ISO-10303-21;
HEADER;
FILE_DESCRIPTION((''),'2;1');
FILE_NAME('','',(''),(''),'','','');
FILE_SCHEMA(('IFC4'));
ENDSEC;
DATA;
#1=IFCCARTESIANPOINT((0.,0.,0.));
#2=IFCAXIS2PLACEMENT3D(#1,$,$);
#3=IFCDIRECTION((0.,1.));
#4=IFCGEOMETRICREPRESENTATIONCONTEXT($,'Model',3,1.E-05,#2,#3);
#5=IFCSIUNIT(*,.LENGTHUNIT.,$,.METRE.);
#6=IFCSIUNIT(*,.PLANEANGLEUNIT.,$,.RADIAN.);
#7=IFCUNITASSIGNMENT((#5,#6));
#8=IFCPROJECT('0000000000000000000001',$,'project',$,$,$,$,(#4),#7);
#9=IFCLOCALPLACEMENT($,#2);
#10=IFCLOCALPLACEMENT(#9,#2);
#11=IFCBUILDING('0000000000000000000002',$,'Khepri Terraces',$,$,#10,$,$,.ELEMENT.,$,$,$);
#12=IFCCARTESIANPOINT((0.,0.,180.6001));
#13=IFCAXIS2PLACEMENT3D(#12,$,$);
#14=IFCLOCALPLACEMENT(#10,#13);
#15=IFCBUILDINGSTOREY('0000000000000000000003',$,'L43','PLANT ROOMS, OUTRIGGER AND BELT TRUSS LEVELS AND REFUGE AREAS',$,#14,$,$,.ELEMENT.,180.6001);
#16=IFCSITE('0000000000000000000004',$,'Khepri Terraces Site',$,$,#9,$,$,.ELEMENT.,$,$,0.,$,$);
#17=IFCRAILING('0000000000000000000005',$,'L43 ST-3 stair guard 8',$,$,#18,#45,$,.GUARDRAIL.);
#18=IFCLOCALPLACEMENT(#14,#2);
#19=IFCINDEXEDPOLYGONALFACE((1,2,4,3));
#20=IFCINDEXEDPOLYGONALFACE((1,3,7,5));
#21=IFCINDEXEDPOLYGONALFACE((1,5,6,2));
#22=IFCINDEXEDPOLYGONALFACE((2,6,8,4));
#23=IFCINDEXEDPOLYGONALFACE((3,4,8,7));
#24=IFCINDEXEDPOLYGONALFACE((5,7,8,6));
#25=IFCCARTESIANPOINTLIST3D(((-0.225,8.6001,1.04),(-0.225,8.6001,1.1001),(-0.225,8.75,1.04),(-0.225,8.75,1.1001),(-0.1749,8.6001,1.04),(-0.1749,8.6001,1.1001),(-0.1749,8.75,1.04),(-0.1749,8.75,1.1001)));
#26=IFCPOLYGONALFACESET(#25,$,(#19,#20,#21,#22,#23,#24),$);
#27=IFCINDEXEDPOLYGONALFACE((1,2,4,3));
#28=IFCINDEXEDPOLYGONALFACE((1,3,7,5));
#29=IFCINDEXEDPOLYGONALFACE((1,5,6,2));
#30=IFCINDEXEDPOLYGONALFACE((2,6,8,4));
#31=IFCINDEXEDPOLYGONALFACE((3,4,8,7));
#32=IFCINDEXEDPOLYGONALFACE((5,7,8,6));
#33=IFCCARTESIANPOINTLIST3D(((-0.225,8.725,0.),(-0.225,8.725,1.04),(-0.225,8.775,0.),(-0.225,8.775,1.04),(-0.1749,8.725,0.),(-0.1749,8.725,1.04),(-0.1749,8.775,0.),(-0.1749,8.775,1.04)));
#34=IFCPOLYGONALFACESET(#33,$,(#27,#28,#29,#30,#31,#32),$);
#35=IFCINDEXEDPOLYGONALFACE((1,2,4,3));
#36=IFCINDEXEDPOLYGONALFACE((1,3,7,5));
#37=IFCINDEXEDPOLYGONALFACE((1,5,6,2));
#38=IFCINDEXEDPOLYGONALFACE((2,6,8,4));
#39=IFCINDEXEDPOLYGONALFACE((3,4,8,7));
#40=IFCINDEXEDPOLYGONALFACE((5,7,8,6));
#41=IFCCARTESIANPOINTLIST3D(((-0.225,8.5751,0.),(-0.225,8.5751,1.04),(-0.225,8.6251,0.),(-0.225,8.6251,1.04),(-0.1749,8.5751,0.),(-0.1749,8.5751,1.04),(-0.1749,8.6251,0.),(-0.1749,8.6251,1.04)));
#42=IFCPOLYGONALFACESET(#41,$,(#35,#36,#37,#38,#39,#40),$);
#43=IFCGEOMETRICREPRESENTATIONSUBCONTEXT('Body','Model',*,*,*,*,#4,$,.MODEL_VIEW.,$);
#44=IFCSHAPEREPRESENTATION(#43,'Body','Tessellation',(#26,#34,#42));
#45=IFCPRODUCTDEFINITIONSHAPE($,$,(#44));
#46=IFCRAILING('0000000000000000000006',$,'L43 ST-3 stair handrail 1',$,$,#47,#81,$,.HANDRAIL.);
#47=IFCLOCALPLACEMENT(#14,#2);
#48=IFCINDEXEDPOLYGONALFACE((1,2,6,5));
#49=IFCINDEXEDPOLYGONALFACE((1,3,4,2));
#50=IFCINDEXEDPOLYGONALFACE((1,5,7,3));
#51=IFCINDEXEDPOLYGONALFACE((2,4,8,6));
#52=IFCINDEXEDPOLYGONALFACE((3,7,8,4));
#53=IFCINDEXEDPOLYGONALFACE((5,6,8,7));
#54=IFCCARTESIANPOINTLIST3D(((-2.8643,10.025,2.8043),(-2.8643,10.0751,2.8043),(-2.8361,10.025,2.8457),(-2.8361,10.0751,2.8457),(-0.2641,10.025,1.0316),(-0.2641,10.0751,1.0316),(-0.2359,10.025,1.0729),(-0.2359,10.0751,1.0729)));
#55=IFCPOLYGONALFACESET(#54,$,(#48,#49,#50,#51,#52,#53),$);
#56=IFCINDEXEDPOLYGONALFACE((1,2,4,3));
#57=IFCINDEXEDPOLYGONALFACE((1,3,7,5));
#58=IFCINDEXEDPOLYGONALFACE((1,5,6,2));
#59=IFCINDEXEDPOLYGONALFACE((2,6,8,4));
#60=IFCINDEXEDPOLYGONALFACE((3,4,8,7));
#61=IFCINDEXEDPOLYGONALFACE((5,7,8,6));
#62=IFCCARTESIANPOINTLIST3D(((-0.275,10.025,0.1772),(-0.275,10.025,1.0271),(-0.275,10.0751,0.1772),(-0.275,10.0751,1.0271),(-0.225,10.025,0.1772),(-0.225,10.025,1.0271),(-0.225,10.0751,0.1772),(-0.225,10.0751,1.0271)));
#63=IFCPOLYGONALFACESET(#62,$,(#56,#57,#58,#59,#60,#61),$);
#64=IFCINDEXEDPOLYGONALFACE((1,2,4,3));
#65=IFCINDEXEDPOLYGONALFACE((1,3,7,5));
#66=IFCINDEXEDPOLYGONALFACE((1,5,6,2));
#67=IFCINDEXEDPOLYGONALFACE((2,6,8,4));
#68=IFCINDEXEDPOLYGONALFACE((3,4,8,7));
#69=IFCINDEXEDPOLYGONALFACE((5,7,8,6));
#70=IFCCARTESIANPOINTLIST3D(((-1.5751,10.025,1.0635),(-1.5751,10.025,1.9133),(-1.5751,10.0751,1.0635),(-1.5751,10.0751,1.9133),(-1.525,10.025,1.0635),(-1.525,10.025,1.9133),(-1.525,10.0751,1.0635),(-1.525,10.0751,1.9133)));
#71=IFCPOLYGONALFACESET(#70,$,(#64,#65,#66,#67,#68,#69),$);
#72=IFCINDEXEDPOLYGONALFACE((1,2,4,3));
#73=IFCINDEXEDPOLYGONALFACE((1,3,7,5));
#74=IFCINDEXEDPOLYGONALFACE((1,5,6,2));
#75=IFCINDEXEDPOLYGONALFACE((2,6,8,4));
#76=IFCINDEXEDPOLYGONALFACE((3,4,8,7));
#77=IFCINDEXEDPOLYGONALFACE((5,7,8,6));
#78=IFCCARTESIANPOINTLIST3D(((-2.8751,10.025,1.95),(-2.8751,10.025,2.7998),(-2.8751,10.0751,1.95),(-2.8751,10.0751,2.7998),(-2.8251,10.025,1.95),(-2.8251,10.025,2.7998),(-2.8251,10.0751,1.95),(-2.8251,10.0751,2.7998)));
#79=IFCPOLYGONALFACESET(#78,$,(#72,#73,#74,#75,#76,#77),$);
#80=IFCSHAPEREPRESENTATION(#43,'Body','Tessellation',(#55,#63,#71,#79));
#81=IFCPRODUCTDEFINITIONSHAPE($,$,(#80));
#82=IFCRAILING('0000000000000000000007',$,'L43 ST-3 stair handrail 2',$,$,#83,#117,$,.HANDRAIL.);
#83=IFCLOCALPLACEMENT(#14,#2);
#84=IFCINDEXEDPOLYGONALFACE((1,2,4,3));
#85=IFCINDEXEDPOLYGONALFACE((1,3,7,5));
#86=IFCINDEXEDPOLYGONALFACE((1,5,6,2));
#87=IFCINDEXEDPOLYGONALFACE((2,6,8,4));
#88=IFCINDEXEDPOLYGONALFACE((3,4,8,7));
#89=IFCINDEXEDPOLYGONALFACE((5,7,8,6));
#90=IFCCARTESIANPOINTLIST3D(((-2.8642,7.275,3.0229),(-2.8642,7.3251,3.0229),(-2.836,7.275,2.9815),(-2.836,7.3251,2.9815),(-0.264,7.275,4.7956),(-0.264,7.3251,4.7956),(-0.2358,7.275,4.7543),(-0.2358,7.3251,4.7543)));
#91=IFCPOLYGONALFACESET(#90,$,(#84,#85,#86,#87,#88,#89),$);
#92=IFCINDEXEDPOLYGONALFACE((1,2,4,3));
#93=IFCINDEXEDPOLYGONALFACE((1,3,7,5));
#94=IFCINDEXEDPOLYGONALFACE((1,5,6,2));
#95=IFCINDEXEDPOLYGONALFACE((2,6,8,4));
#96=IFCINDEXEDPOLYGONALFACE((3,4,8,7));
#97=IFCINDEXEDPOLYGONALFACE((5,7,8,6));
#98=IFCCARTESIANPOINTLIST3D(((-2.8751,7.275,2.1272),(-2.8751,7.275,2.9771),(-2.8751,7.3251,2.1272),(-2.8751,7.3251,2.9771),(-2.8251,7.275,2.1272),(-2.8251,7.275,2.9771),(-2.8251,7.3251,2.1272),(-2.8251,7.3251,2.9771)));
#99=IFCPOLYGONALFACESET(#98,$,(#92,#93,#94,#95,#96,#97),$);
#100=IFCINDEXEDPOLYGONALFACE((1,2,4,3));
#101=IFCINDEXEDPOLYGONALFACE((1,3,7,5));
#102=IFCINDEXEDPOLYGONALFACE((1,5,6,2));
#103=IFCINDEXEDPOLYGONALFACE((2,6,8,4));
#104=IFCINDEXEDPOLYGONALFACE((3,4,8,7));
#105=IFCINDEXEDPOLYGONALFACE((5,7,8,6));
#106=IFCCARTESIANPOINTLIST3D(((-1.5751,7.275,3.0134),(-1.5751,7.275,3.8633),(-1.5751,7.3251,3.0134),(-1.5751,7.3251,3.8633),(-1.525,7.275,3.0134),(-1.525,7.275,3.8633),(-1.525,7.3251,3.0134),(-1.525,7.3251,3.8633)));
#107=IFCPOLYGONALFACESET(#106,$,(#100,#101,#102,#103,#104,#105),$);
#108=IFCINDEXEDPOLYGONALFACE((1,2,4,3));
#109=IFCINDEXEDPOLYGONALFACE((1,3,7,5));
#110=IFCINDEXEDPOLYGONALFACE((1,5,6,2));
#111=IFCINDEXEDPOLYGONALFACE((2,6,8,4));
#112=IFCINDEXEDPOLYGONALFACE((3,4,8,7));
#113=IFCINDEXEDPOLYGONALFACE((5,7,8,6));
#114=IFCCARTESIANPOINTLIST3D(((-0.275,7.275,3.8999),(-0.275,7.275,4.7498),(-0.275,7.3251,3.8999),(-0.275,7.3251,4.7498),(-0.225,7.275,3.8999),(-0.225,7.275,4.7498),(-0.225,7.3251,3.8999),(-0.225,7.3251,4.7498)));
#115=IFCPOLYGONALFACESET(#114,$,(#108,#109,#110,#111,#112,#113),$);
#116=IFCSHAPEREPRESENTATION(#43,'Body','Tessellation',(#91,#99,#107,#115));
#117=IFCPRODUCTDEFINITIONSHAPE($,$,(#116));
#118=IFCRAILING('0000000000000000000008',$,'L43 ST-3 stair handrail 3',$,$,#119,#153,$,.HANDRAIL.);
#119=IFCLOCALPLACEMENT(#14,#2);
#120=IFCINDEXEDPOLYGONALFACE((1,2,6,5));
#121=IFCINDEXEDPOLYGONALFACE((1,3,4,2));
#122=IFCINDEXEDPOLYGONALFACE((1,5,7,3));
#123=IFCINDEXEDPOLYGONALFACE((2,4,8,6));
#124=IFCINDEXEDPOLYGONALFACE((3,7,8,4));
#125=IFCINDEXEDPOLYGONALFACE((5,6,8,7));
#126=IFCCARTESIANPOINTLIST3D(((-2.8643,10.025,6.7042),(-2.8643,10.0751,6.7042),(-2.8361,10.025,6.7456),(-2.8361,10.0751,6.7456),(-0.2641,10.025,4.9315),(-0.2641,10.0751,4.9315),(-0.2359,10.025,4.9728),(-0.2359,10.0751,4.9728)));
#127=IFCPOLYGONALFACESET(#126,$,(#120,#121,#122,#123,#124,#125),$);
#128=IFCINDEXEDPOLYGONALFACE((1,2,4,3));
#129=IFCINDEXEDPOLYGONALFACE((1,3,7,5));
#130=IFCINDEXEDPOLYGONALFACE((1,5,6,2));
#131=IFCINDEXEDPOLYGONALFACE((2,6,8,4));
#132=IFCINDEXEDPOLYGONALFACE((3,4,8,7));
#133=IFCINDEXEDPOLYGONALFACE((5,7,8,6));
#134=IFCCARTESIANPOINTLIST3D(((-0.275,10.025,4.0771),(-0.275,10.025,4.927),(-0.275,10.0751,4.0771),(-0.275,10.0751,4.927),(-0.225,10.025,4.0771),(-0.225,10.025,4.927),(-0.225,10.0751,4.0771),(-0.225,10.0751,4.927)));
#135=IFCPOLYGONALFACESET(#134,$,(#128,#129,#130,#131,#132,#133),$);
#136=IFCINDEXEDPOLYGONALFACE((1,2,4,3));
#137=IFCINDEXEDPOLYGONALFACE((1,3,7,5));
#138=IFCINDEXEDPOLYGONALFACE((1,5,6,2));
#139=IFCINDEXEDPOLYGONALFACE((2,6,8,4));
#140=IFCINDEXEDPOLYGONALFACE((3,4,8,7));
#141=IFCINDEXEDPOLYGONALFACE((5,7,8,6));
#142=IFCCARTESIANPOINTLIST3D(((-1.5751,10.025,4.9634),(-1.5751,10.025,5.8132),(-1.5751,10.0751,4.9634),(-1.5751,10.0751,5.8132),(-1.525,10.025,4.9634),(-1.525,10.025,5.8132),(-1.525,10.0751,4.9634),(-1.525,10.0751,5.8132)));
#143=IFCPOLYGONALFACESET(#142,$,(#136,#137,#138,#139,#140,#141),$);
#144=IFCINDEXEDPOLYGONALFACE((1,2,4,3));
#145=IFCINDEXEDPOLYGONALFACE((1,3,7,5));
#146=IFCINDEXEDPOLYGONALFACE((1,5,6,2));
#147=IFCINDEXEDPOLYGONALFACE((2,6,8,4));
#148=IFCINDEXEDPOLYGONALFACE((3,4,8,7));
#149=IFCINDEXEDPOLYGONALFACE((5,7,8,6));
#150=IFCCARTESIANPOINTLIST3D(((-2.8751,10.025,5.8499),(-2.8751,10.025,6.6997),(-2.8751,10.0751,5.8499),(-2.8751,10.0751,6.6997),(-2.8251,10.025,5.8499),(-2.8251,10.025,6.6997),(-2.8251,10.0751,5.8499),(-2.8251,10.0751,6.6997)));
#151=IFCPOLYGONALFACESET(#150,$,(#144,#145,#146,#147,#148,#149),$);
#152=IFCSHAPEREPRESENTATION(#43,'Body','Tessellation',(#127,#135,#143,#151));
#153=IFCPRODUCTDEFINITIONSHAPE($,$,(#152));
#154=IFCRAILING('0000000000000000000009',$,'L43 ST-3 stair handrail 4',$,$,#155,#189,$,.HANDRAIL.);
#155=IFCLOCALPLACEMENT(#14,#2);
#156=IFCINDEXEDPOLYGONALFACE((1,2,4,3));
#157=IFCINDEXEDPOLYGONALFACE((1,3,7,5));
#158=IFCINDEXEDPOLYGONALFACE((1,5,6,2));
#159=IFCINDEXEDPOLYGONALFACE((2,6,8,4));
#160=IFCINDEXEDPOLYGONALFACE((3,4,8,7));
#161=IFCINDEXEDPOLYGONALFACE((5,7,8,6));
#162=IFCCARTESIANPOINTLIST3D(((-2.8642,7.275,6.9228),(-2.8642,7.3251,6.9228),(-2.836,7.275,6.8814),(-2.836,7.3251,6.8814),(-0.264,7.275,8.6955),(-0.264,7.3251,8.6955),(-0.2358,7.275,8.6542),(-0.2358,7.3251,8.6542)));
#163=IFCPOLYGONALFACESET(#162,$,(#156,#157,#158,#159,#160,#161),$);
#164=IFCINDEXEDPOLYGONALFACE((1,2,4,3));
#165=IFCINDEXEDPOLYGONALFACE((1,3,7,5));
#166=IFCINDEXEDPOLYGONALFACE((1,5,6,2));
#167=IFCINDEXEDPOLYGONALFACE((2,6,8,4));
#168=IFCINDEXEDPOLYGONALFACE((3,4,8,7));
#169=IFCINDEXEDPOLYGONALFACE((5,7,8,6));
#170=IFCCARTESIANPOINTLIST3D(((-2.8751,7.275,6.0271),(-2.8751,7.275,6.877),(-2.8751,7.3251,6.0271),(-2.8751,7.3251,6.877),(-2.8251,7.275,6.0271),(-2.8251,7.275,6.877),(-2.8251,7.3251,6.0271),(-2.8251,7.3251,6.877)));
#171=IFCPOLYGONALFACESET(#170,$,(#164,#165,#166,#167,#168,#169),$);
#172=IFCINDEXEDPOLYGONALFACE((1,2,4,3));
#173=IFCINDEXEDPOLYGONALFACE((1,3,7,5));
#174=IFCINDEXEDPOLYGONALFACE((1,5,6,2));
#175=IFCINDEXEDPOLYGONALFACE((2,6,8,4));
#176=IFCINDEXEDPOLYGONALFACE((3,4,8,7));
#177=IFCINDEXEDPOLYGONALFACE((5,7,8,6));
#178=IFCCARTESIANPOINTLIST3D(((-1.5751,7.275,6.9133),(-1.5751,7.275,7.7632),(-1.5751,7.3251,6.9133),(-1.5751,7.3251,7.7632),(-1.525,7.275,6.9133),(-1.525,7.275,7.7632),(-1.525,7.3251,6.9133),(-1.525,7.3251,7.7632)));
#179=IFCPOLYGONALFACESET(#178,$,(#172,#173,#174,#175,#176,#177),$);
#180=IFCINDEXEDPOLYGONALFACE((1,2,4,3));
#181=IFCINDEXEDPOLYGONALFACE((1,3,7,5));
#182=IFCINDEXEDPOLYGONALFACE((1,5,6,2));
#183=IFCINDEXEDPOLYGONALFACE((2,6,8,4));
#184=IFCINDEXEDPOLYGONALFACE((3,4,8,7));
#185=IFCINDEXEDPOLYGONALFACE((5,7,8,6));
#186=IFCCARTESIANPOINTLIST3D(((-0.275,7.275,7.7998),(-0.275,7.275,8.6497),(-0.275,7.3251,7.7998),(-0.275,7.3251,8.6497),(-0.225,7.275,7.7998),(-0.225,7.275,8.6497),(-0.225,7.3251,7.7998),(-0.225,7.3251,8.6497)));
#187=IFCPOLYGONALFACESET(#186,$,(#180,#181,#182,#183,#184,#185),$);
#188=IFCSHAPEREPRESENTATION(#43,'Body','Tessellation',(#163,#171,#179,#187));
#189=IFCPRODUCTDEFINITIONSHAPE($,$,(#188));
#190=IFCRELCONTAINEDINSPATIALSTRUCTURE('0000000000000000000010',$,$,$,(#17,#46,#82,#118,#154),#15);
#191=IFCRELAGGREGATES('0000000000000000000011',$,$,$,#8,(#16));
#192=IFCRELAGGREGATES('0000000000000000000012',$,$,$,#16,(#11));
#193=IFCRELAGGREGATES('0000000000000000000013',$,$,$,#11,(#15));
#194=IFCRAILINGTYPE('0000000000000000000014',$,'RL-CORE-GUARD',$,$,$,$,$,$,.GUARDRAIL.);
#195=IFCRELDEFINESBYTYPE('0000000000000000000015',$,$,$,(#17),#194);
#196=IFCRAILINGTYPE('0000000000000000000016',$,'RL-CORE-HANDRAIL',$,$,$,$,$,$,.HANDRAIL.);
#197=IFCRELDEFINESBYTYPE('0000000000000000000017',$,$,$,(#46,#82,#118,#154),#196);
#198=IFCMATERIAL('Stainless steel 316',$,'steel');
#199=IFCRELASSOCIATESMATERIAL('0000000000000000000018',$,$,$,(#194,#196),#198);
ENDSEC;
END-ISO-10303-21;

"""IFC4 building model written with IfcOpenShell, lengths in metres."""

from ifc_helpers import new_model, si_unit, direction, frame, origin, origin_2d, place, context, subcontext, project, spatial, rectangle, extrude, material, type_object, element, save


model = new_model("IFC4")

# Units and contexts
model_context = context("Model", 3, precision=1e-05, world=origin(), true_north=direction((0.0, 1.0)))
body_context = subcontext(model_context, "Body", "Model", "MODEL_VIEW")
ifc_project = project(units=[si_unit("LENGTHUNIT", "METRE"), si_unit("PLANEANGLEUNIT", "RADIAN")], contexts=[model_context])

# Site, building, storey
site_placement = place(None, origin())
site = spatial("IfcSite", under=ifc_project, at=site_placement, Name="Khepri Terraces Site", CompositionType="ELEMENT", RefElevation=0.0)
building_placement = place(site_placement, origin())
building = spatial("IfcBuilding", under=site, at=building_placement, Name="Khepri Terraces", CompositionType="ELEMENT")
storey_placement = place(building_placement, frame((0.0, 0.0, 180.6001)))
storey = spatial("IfcBuildingStorey", under=building, at=storey_placement, Name="L43", Description="PLANT ROOMS, OUTRIGGER AND BELT TRUSS LEVELS AND REFUGE AREAS", CompositionType="ELEMENT", Elevation=180.6001)

# Railings
ifc_material_1 = material(Name="Stainless steel 316", Category="steel")
railing_type_1 = type_object("IfcRailingType", Name="RL-CORE-GUARD", PredefinedType="GUARDRAIL", material=ifc_material_1)
railing_1_placement = place(storey_placement, frame((-0.2, 8.75, 0.0)))
element("IfcRailing", 1, at=railing_1_placement, inside=storey, type_object=railing_type_1, Name="L43 ST-3 stair guard 8", PredefinedType="GUARDRAIL", context=body_context, shape_type="SweptSolid", body=[
    extrude(rectangle(XDim=0.05, YDim=0.0601, at=origin_2d()), frame((0.0, 0.0, 1.0701), z_axis=(0.0, -1.0, 0.0), x_axis=(1.0, 0.0, 0.0)), (0.0, 0.0, 1.0), 0.1499),
    extrude(rectangle(XDim=0.05, YDim=0.05, at=origin_2d()), origin(), (0.0, 0.0, 1.0), 1.04),
    extrude(rectangle(XDim=0.05, YDim=0.05, at=origin_2d()), frame((0.0, -0.1499, 0.0)), (0.0, 0.0, 1.0), 1.04),
])
railing_type_2 = type_object("IfcRailingType", Name="RL-CORE-HANDRAIL", PredefinedType="HANDRAIL", material=ifc_material_1)
railing_2_placement = place(storey_placement, frame((-0.25, 10.05, 0.1772)))
element("IfcRailing", 2, at=railing_2_placement, inside=storey, type_object=railing_type_2, Name="L43 ST-3 stair handrail 1", PredefinedType="HANDRAIL", context=body_context, shape_type="SweptSolid", body=[
    extrude(rectangle(XDim=0.05, YDim=0.05, at=origin_2d()), frame((0.0, 0.0, 0.875), z_axis=(-0.82624, 0.0, 0.563318), x_axis=(0.0, -1.0, 0.0)), (0.0, 0.0, 1.0), 3.147),
    extrude(rectangle(XDim=0.05, YDim=0.05, at=origin_2d()), origin(), (0.0, 0.0, 1.0), 0.8499),
    extrude(rectangle(XDim=0.05, YDim=0.05, at=origin_2d()), frame((-1.3, 0.0, 0.8862)), (0.0, 0.0, 1.0), 0.8499),
    extrude(rectangle(XDim=0.05, YDim=0.05, at=origin_2d()), frame((-2.6001, 0.0, 1.7727)), (0.0, 0.0, 1.0), 0.8499),
])
railing_3_placement = place(storey_placement, frame((-2.8501, 7.3, 2.1272)))
element("IfcRailing", 3, at=railing_3_placement, inside=storey, type_object=railing_type_2, Name="L43 ST-3 stair handrail 2", PredefinedType="HANDRAIL", context=body_context, shape_type="SweptSolid", body=[
    extrude(rectangle(XDim=0.05, YDim=0.05, at=origin_2d()), frame((0.0, 0.0, 0.875), z_axis=(0.82624, 0.0, 0.563318), x_axis=(0.0, 1.0, 0.0)), (0.0, 0.0, 1.0), 3.147),
    extrude(rectangle(XDim=0.05, YDim=0.05, at=origin_2d()), origin(), (0.0, 0.0, 1.0), 0.8499),
    extrude(rectangle(XDim=0.05, YDim=0.05, at=origin_2d()), frame((1.3, 0.0, 0.8862)), (0.0, 0.0, 1.0), 0.8499),
    extrude(rectangle(XDim=0.05, YDim=0.05, at=origin_2d()), frame((2.6001, 0.0, 1.7727)), (0.0, 0.0, 1.0), 0.8499),
])
railing_4_placement = place(storey_placement, frame((-0.25, 10.05, 4.0771)))
element("IfcRailing", 4, at=railing_4_placement, inside=storey, type_object=railing_type_2, Name="L43 ST-3 stair handrail 3", PredefinedType="HANDRAIL", context=body_context, shape_type="SweptSolid", body=[
    extrude(rectangle(XDim=0.05, YDim=0.05, at=origin_2d()), frame((0.0, 0.0, 0.875), z_axis=(-0.82624, 0.0, 0.563318), x_axis=(0.0, -1.0, 0.0)), (0.0, 0.0, 1.0), 3.147),
    extrude(rectangle(XDim=0.05, YDim=0.05, at=origin_2d()), origin(), (0.0, 0.0, 1.0), 0.8499),
    extrude(rectangle(XDim=0.05, YDim=0.05, at=origin_2d()), frame((-1.3, 0.0, 0.8862)), (0.0, 0.0, 1.0), 0.8499),
    extrude(rectangle(XDim=0.05, YDim=0.05, at=origin_2d()), frame((-2.6001, 0.0, 1.7727)), (0.0, 0.0, 1.0), 0.8499),
])
railing_5_placement = place(storey_placement, frame((-2.8501, 7.3, 6.0271)))
element("IfcRailing", 5, at=railing_5_placement, inside=storey, type_object=railing_type_2, Name="L43 ST-3 stair handrail 4", PredefinedType="HANDRAIL", context=body_context, shape_type="SweptSolid", body=[
    extrude(rectangle(XDim=0.05, YDim=0.05, at=origin_2d()), frame((0.0, 0.0, 0.875), z_axis=(0.82624, 0.0, 0.563318), x_axis=(0.0, 1.0, 0.0)), (0.0, 0.0, 1.0), 3.147),
    extrude(rectangle(XDim=0.05, YDim=0.05, at=origin_2d()), origin(), (0.0, 0.0, 1.0), 0.8499),
    extrude(rectangle(XDim=0.05, YDim=0.05, at=origin_2d()), frame((1.3, 0.0, 0.8862)), (0.0, 0.0, 1.0), 0.8499),
    extrude(rectangle(XDim=0.05, YDim=0.05, at=origin_2d()), frame((2.6001, 0.0, 1.7727)), (0.0, 0.0, 1.0), 0.8499),
])

save(model, "model.ifc")
